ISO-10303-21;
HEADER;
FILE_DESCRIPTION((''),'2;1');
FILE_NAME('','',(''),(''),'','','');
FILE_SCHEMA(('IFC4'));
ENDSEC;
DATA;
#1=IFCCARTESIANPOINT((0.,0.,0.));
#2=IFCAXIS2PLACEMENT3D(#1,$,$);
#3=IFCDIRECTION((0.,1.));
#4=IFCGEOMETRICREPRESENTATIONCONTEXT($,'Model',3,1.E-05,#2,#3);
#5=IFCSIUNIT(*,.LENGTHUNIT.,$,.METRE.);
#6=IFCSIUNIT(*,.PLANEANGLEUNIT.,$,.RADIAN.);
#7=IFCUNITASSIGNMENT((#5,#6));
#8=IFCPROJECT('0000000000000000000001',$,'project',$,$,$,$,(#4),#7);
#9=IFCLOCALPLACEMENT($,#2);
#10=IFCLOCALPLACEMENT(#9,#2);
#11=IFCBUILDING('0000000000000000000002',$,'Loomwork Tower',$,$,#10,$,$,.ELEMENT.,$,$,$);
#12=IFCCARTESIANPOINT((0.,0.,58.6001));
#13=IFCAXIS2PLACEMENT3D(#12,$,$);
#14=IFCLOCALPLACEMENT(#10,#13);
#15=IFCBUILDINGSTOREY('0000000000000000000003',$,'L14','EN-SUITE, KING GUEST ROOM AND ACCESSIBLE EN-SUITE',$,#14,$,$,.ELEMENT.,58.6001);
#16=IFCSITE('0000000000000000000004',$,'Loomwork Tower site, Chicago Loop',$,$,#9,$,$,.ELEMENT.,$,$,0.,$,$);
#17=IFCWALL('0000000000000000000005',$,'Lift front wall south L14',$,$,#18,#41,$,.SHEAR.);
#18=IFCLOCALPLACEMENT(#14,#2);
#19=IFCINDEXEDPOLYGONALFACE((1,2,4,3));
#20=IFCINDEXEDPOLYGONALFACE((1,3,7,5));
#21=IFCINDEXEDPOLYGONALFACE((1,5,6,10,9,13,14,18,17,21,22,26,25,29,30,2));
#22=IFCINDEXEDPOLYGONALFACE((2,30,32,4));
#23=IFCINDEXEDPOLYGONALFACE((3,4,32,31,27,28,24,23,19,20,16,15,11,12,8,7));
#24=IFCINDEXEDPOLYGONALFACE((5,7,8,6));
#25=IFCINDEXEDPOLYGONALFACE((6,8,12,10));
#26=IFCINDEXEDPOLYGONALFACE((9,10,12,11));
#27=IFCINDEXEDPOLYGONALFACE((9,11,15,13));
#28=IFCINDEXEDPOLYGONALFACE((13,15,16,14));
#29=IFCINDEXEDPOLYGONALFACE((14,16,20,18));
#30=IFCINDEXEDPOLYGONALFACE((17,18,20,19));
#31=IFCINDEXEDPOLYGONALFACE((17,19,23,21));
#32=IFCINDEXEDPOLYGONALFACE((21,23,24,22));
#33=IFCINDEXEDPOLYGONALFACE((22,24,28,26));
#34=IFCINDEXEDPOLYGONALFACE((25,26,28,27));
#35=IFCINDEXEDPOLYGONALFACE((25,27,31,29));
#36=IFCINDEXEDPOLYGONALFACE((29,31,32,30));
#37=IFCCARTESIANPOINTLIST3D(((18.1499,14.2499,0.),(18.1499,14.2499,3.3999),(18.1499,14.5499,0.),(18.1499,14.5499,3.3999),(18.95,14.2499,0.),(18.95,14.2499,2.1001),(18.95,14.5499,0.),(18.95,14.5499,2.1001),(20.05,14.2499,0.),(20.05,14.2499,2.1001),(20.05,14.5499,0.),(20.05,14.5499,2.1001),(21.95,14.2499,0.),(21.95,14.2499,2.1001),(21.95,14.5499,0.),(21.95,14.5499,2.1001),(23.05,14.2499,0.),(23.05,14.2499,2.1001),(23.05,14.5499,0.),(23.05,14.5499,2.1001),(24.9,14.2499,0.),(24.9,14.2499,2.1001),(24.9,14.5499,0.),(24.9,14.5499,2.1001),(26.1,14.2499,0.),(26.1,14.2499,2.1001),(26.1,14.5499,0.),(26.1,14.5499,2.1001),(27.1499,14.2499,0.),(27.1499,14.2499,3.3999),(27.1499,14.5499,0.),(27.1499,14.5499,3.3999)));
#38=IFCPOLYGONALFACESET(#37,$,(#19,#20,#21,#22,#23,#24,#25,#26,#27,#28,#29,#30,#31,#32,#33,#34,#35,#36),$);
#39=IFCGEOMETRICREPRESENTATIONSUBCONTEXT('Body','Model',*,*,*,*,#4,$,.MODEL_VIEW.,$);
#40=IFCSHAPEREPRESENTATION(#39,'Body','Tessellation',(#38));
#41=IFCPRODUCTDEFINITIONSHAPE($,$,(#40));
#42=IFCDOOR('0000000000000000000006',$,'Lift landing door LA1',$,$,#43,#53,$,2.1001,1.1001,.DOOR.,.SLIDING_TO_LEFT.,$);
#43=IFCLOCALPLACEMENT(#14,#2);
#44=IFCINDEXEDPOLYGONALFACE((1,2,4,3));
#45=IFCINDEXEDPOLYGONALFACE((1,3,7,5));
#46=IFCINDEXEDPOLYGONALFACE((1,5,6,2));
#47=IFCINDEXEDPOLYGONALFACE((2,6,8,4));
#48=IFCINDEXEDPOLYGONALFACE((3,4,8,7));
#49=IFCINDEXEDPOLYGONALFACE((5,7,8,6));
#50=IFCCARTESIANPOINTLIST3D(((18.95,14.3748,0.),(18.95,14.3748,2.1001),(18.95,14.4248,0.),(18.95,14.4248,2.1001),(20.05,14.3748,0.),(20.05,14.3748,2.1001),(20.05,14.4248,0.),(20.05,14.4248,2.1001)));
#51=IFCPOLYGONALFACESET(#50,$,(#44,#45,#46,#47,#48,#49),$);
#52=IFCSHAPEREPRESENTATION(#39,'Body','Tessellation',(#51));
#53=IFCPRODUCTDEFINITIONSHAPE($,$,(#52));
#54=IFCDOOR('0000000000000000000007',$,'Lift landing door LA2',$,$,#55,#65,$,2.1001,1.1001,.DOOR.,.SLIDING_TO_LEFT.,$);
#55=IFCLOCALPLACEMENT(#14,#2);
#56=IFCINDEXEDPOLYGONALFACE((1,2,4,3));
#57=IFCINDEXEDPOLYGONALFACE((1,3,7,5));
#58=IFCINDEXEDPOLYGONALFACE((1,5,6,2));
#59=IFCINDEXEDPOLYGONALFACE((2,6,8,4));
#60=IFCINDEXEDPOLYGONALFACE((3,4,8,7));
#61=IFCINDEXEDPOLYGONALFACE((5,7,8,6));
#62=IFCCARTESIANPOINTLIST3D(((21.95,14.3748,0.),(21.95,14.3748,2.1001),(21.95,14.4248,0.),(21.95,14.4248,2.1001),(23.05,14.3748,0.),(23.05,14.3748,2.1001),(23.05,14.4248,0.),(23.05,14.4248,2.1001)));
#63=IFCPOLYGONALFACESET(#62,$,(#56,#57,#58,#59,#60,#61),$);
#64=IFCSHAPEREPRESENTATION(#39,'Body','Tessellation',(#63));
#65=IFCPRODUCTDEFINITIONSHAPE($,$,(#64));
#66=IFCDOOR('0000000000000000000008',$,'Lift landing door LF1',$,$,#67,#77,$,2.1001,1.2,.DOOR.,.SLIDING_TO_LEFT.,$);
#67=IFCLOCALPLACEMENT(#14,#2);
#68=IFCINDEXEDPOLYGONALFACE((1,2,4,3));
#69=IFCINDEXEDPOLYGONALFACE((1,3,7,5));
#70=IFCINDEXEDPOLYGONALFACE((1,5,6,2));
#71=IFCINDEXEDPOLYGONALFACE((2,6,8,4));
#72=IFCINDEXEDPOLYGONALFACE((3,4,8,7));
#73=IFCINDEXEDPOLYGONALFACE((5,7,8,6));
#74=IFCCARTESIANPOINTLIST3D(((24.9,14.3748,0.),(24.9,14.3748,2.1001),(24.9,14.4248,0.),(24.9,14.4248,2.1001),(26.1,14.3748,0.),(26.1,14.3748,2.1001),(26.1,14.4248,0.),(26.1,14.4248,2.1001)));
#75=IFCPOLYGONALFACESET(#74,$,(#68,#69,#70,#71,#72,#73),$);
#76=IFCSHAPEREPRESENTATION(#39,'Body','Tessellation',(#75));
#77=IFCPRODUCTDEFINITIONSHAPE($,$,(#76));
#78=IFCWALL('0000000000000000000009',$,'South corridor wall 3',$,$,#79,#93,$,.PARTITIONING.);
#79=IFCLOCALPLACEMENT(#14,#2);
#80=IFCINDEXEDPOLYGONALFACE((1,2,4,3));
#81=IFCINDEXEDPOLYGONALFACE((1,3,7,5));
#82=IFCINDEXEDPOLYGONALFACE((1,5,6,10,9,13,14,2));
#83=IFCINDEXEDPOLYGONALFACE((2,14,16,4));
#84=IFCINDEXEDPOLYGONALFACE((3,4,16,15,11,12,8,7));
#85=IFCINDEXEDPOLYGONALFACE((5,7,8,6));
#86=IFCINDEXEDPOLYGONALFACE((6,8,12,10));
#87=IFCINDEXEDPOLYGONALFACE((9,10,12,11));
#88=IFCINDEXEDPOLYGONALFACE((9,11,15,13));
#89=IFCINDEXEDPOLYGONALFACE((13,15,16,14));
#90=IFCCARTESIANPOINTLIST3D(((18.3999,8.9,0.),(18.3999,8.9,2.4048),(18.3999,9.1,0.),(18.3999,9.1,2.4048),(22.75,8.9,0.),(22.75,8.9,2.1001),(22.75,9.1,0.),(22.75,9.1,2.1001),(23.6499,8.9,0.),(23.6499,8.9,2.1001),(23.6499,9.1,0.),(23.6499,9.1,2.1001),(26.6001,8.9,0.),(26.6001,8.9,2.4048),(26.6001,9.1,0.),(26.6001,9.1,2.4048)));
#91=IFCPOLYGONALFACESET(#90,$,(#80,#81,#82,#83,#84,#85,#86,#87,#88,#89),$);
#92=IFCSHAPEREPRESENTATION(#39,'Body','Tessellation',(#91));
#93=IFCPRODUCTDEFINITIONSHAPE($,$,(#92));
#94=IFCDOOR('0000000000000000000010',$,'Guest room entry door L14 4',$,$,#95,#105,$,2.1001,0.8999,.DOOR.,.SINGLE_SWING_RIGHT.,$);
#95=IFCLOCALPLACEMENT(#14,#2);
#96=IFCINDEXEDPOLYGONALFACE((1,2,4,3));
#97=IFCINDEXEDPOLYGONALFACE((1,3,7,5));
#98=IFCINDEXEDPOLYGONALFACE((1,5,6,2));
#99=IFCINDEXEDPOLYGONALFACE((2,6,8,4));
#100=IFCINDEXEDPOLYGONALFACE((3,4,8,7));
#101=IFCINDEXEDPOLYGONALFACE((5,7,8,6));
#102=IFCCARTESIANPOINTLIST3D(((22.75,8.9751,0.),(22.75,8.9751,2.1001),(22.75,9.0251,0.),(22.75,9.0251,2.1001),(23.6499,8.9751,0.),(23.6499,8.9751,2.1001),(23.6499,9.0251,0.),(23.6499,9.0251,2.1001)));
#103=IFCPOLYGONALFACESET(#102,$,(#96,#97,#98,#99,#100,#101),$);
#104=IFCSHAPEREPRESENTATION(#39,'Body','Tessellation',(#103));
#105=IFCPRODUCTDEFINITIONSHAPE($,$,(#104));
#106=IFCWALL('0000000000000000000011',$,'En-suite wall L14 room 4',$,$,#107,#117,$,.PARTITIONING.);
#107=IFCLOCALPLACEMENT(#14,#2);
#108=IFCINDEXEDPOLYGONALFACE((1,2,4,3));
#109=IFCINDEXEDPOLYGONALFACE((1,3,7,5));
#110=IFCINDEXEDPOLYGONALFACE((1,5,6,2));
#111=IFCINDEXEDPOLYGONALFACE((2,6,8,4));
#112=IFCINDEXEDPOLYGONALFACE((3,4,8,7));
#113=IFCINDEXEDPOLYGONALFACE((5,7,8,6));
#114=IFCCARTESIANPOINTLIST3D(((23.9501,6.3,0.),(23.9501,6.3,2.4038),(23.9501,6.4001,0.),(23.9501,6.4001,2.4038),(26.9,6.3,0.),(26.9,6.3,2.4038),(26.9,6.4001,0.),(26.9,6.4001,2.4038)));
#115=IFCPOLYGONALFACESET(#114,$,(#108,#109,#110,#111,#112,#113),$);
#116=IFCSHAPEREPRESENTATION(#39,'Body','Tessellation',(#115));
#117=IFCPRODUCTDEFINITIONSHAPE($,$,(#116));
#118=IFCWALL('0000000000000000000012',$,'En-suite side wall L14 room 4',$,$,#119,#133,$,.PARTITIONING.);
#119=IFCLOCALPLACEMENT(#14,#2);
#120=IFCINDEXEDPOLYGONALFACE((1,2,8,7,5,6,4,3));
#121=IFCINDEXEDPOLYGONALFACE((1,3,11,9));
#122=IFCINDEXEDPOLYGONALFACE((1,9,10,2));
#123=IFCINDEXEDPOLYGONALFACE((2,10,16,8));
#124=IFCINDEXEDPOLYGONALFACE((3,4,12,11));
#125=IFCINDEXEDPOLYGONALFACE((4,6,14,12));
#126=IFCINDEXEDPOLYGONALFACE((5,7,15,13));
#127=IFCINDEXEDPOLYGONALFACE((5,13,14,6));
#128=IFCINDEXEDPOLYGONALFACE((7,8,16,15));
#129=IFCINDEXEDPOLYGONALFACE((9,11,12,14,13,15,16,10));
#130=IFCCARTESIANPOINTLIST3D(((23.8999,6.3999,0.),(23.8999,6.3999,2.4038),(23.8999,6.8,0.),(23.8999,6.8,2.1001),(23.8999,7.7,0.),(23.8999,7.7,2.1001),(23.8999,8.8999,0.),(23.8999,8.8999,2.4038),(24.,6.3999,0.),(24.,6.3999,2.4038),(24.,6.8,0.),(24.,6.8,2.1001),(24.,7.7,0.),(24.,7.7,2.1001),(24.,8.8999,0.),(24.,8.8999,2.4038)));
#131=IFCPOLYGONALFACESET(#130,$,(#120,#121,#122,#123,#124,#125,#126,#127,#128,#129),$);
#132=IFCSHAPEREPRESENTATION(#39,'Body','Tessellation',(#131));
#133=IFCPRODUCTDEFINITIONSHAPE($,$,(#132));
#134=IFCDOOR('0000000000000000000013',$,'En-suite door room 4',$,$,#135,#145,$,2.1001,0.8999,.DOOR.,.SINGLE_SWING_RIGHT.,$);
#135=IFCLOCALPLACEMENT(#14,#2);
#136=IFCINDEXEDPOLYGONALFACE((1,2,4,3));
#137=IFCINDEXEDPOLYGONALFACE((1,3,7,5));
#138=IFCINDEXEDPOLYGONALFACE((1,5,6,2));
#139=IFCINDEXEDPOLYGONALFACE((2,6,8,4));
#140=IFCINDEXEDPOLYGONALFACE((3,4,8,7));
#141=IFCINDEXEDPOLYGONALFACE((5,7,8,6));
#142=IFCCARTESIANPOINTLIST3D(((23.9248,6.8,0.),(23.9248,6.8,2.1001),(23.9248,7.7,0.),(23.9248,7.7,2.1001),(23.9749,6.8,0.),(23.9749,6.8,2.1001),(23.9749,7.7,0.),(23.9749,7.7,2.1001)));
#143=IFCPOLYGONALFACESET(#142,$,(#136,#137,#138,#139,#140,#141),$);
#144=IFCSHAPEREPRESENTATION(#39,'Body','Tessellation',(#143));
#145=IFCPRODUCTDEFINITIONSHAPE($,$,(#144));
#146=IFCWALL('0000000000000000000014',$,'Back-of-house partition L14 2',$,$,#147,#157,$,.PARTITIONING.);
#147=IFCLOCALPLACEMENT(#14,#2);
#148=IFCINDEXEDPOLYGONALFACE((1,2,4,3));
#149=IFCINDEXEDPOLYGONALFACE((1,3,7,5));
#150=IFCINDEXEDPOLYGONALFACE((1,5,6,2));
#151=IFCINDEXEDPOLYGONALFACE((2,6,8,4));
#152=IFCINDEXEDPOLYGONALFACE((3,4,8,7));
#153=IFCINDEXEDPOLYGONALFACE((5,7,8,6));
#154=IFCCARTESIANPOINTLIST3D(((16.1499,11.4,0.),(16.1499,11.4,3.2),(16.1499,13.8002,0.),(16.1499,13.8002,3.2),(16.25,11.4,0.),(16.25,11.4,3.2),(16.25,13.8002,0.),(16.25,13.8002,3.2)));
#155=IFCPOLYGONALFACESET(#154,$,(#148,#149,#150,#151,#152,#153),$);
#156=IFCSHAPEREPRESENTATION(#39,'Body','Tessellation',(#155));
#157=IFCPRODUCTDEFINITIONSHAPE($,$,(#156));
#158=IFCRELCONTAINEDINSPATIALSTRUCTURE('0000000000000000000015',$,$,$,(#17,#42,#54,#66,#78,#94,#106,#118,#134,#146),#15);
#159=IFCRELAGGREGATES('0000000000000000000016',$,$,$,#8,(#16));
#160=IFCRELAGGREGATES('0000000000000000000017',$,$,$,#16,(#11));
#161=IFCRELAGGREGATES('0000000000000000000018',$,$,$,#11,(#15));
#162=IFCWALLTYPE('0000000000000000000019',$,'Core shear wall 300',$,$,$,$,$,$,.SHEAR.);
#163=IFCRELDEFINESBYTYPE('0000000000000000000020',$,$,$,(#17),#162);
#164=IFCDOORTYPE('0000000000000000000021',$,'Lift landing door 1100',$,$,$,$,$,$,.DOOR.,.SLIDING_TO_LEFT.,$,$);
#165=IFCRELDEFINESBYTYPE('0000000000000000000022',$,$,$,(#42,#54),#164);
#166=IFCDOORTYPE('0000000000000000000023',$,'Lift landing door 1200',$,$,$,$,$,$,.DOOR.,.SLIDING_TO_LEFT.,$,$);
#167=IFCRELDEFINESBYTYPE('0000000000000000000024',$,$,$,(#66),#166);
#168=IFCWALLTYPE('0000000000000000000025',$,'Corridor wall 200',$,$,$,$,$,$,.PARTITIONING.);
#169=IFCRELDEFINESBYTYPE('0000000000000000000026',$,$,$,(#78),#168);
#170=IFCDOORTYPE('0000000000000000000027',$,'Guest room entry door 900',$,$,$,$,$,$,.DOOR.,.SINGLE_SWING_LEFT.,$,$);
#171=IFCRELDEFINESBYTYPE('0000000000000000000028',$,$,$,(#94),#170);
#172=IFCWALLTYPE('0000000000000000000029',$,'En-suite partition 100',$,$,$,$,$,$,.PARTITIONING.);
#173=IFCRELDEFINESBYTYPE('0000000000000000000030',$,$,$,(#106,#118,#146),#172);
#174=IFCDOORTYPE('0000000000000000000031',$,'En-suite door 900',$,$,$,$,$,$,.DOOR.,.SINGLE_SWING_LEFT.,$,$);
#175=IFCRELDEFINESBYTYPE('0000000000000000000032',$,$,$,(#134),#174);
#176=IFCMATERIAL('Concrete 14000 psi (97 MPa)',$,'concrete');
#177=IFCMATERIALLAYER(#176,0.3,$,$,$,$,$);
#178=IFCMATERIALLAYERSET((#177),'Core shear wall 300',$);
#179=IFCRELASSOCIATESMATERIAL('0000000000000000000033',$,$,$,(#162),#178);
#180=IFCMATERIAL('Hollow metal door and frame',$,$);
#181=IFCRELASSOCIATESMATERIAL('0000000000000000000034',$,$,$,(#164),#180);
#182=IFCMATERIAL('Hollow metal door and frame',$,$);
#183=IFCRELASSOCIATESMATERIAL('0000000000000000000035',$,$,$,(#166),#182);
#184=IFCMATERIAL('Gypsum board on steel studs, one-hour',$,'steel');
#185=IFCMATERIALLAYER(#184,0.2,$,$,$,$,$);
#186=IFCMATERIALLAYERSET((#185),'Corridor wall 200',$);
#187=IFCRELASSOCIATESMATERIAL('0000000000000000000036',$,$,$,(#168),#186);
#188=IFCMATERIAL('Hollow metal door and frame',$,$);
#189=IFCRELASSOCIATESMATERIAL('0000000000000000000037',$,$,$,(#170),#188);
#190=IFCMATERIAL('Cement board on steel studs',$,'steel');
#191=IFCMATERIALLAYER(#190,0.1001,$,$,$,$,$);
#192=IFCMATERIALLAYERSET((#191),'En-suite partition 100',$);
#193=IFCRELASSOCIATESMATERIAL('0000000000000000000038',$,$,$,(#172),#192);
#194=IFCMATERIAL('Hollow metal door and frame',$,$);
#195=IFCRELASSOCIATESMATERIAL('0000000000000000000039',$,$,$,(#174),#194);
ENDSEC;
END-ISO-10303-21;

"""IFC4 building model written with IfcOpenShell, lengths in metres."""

from ifc_helpers import new_model, si_unit, direction, frame, frame_2d, origin, place, context, subcontext, project, spatial, rectangle, extrude, material, layer, layer_set, type_object, element, fill, save


model = new_model("IFC4")

# Units and contexts
model_context = context("Model", 3, precision=1e-05, world=origin(), true_north=direction((0.0, 1.0)))
body_context = subcontext(model_context, "Body", "Model", "MODEL_VIEW")
ifc_project = project(units=[si_unit("LENGTHUNIT", "METRE"), si_unit("PLANEANGLEUNIT", "RADIAN")], contexts=[model_context])

# Site, building, storey
site_placement = place(None, origin())
site = spatial("IfcSite", under=ifc_project, at=site_placement, Name="Loomwork Tower site, Chicago Loop", CompositionType="ELEMENT", RefElevation=0.0)
building_placement = place(site_placement, origin())
building = spatial("IfcBuilding", under=site, at=building_placement, Name="Loomwork Tower", CompositionType="ELEMENT")
storey_placement = place(building_placement, frame((0.0, 0.0, 58.6001)))
storey = spatial("IfcBuildingStorey", under=building, at=storey_placement, Name="L14", Description="EN-SUITE, KING GUEST ROOM AND ACCESSIBLE EN-SUITE", CompositionType="ELEMENT", Elevation=58.6001)

# Wall, openings, doors
ifc_material_1 = material(Name="Concrete 14000 psi (97 MPa)", Category="concrete")
ifc_layer_1 = layer(ifc_material_1, 0.3)
ifc_layer_set_1 = layer_set([ifc_layer_1], Name="Core shear wall 300")
wall_type_1 = type_object("IfcWallType", Name="Core shear wall 300", PredefinedType="SHEAR", material=ifc_layer_set_1)
wall_1_placement = place(storey_placement, frame((18.1499, 14.3999, 0.0), z_axis=(0.0, 0.0, 1.0), x_axis=(1.0, 0.0, 0.0)))
wall_1 = element("IfcWall", 1, at=wall_1_placement, inside=storey, type_object=wall_type_1, Name="Lift front wall south L14", PredefinedType="SHEAR", context=body_context, shape_type="SweptSolid", body=[
    extrude(rectangle(XDim=9.0, YDim=0.3, at=frame_2d((4.5, 0.0))), origin(), (0.0, 0.0, 1.0), 3.3999),
])
opening_1_placement = place(wall_1_placement, frame((0.8, 0.0, 0.0)))
opening_1 = element("IfcOpeningElement", 2, at=opening_1_placement, cuts=wall_1, PredefinedType="OPENING", context=body_context, shape_type="SweptSolid", body=[
    extrude(rectangle(XDim=1.1001, YDim=2.1001, at=frame_2d((0.55, 1.05))), frame((0.0, 0.1599, 0.0), z_axis=(0.0, -1.0, 0.0), x_axis=(1.0, 0.0, 0.0)), (0.0, 0.0, 1.0), 0.3201),
])
opening_2_placement = place(wall_1_placement, frame((3.8, 0.0, 0.0)))
opening_2 = element("IfcOpeningElement", 3, at=opening_2_placement, cuts=wall_1, PredefinedType="OPENING", context=body_context, shape_type="SweptSolid", body=[
    extrude(rectangle(XDim=1.1001, YDim=2.1001, at=frame_2d((0.55, 1.05))), frame((0.0, 0.1599, 0.0), z_axis=(0.0, -1.0, 0.0), x_axis=(1.0, 0.0, 0.0)), (0.0, 0.0, 1.0), 0.3201),
])
opening_3_placement = place(wall_1_placement, frame((6.75, 0.0, 0.0)))
opening_3 = element("IfcOpeningElement", 4, at=opening_3_placement, cuts=wall_1, PredefinedType="OPENING", context=body_context, shape_type="SweptSolid", body=[
    extrude(rectangle(XDim=1.2, YDim=2.1001, at=frame_2d((0.6001, 1.05))), frame((0.0, 0.1599, 0.0), z_axis=(0.0, -1.0, 0.0), x_axis=(1.0, 0.0, 0.0)), (0.0, 0.0, 1.0), 0.3201),
])
ifc_material_2 = material(Name="Hollow metal door and frame")
door_type_1 = type_object("IfcDoorType", Name="Lift landing door 1100", OperationType="SLIDING_TO_LEFT", PredefinedType="DOOR", material=ifc_material_2)
door_1_placement = place(opening_1_placement, origin())
door_1 = element("IfcDoor", 5, at=door_1_placement, inside=storey, type_object=door_type_1, Name="Lift landing door LA1", OperationType="SLIDING_TO_LEFT", OverallHeight=2.1001, OverallWidth=1.1001, PredefinedType="DOOR", context=body_context, shape_type="SweptSolid", body=[
    extrude(rectangle(XDim=1.1001, YDim=2.1001, at=frame_2d((0.55, 1.05))), frame((0.0, 0.0249, 0.0), z_axis=(0.0, -1.0, 0.0), x_axis=(1.0, 0.0, 0.0)), (0.0, 0.0, 1.0), 0.05),
])
fill(opening_1, door_1)
door_2_placement = place(opening_2_placement, origin())
door_2 = element("IfcDoor", 6, at=door_2_placement, inside=storey, type_object=door_type_1, Name="Lift landing door LA2", OperationType="SLIDING_TO_LEFT", OverallHeight=2.1001, OverallWidth=1.1001, PredefinedType="DOOR", context=body_context, shape_type="SweptSolid", body=[
    extrude(rectangle(XDim=1.1001, YDim=2.1001, at=frame_2d((0.55, 1.05))), frame((0.0, 0.0249, 0.0), z_axis=(0.0, -1.0, 0.0), x_axis=(1.0, 0.0, 0.0)), (0.0, 0.0, 1.0), 0.05),
])
fill(opening_2, door_2)
ifc_material_3 = material(Name="Hollow metal door and frame")
door_type_2 = type_object("IfcDoorType", Name="Lift landing door 1200", OperationType="SLIDING_TO_LEFT", PredefinedType="DOOR", material=ifc_material_3)
door_3_placement = place(opening_3_placement, origin())
door_3 = element("IfcDoor", 7, at=door_3_placement, inside=storey, type_object=door_type_2, Name="Lift landing door LF1", OperationType="SLIDING_TO_LEFT", OverallHeight=2.1001, OverallWidth=1.2, PredefinedType="DOOR", context=body_context, shape_type="SweptSolid", body=[
    extrude(rectangle(XDim=1.2, YDim=2.1001, at=frame_2d((0.6001, 1.05))), frame((0.0, 0.0249, 0.0), z_axis=(0.0, -1.0, 0.0), x_axis=(1.0, 0.0, 0.0)), (0.0, 0.0, 1.0), 0.05),
])
fill(opening_3, door_3)

# Wall, opening, door
ifc_material_4 = material(Name="Gypsum board on steel studs, one-hour", Category="steel")
ifc_layer_2 = layer(ifc_material_4, 0.2)
ifc_layer_set_2 = layer_set([ifc_layer_2], Name="Corridor wall 200")
wall_type_2 = type_object("IfcWallType", Name="Corridor wall 200", PredefinedType="PARTITIONING", material=ifc_layer_set_2)
wall_2_placement = place(storey_placement, frame((18.3999, 9.0, 0.0), z_axis=(0.0, 0.0, 1.0), x_axis=(1.0, 0.0, 0.0)))
wall_2 = element("IfcWall", 8, at=wall_2_placement, inside=storey, type_object=wall_type_2, Name="South corridor wall 3", PredefinedType="PARTITIONING", context=body_context, shape_type="SweptSolid", body=[
    extrude(rectangle(XDim=8.2002, YDim=0.2, at=frame_2d((4.1001, 0.0))), origin(), (0.0, 0.0, 1.0), 2.4048),
])
opening_4_placement = place(wall_2_placement, frame((4.3501, 0.0, 0.0)))
opening_4 = element("IfcOpeningElement", 9, at=opening_4_placement, cuts=wall_2, PredefinedType="OPENING", context=body_context, shape_type="SweptSolid", body=[
    extrude(rectangle(XDim=0.8999, YDim=2.1001, at=frame_2d((0.45, 1.05))), frame((0.0, 0.1099, 0.0), z_axis=(0.0, -1.0, 0.0), x_axis=(1.0, 0.0, 0.0)), (0.0, 0.0, 1.0), 0.22),
])
ifc_material_5 = material(Name="Hollow metal door and frame")
door_type_3 = type_object("IfcDoorType", Name="Guest room entry door 900", OperationType="SINGLE_SWING_LEFT", PredefinedType="DOOR", material=ifc_material_5)
door_4_placement = place(opening_4_placement, frame((0.8999, 0.0, 0.0), z_axis=(0.0, 0.0, 1.0), x_axis=(-1.0, 0.0, 0.0)))
door_4 = element("IfcDoor", 10, at=door_4_placement, inside=storey, type_object=door_type_3, Name="Guest room entry door L14 4", OperationType="SINGLE_SWING_RIGHT", OverallHeight=2.1001, OverallWidth=0.8999, PredefinedType="DOOR", context=body_context, shape_type="SweptSolid", body=[
    extrude(rectangle(XDim=0.8999, YDim=2.1001, at=frame_2d((0.45, 1.05))), frame((0.0, 0.0249, 0.0), z_axis=(0.0, -1.0, 0.0), x_axis=(1.0, 0.0, 0.0)), (0.0, 0.0, 1.0), 0.05),
])
fill(opening_4, door_4)

# Wall
ifc_material_6 = material(Name="Cement board on steel studs", Category="steel")
ifc_layer_3 = layer(ifc_material_6, 0.1001)
ifc_layer_set_3 = layer_set([ifc_layer_3], Name="En-suite partition 100")
wall_type_3 = type_object("IfcWallType", Name="En-suite partition 100", PredefinedType="PARTITIONING", material=ifc_layer_set_3)
wall_3_placement = place(storey_placement, frame((23.95, 6.3501, 0.0), z_axis=(0.0, 0.0, 1.0), x_axis=(1.0, 0.0, 0.0)))
element("IfcWall", 11, at=wall_3_placement, inside=storey, type_object=wall_type_3, Name="En-suite wall L14 room 4", PredefinedType="PARTITIONING", context=body_context, shape_type="SweptSolid", body=[
    extrude(rectangle(XDim=2.95, YDim=0.1001, at=frame_2d((1.4751, 0.0))), origin(), (0.0, 0.0, 1.0), 2.4038),
])

# Wall, opening, door
wall_4_placement = place(storey_placement, frame((23.95, 8.8999, 0.0), z_axis=(0.0, 0.0, 1.0), x_axis=(0.0, -1.0, 0.0)))
wall_4 = element("IfcWall", 12, at=wall_4_placement, inside=storey, type_object=wall_type_3, Name="En-suite side wall L14 room 4", PredefinedType="PARTITIONING", context=body_context, shape_type="SweptSolid", body=[
    extrude(rectangle(XDim=2.5, YDim=0.1001, at=frame_2d((1.25, 0.0))), origin(), (0.0, 0.0, 1.0), 2.4038),
])
opening_5_placement = place(wall_4_placement, frame((1.2, 0.0, 0.0)))
opening_5 = element("IfcOpeningElement", 13, at=opening_5_placement, cuts=wall_4, PredefinedType="OPENING", context=body_context, shape_type="SweptSolid", body=[
    extrude(rectangle(XDim=0.8999, YDim=2.1001, at=frame_2d((0.45, 1.05))), frame((0.0, 0.0601, 0.0), z_axis=(0.0, -1.0, 0.0), x_axis=(1.0, 0.0, 0.0)), (0.0, 0.0, 1.0), 0.1201),
])
ifc_material_7 = material(Name="Hollow metal door and frame")
door_type_4 = type_object("IfcDoorType", Name="En-suite door 900", OperationType="SINGLE_SWING_LEFT", PredefinedType="DOOR", material=ifc_material_7)
door_5_placement = place(opening_5_placement, origin())
door_5 = element("IfcDoor", 14, at=door_5_placement, inside=storey, type_object=door_type_4, Name="En-suite door room 4", OperationType="SINGLE_SWING_RIGHT", OverallHeight=2.1001, OverallWidth=0.8999, PredefinedType="DOOR", context=body_context, shape_type="SweptSolid", body=[
    extrude(rectangle(XDim=0.8999, YDim=2.1001, at=frame_2d((0.45, 1.05))), frame((0.0, 0.0249, 0.0), z_axis=(0.0, -1.0, 0.0), x_axis=(1.0, 0.0, 0.0)), (0.0, 0.0, 1.0), 0.05),
])
fill(opening_5, door_5)

# Wall
wall_5_placement = place(storey_placement, frame((16.2, 11.3999, 0.0), z_axis=(0.0, 0.0, 1.0), x_axis=(0.0, 1.0, 0.0)))
element("IfcWall", 15, at=wall_5_placement, inside=storey, type_object=wall_type_3, Name="Back-of-house partition L14 2", PredefinedType="PARTITIONING", context=body_context, shape_type="SweptSolid", body=[
    extrude(rectangle(XDim=2.4001, YDim=0.1001, at=frame_2d((1.2002, 0.0))), origin(), (0.0, 0.0, 1.0), 3.2),
])

save(model, "model.ifc")
